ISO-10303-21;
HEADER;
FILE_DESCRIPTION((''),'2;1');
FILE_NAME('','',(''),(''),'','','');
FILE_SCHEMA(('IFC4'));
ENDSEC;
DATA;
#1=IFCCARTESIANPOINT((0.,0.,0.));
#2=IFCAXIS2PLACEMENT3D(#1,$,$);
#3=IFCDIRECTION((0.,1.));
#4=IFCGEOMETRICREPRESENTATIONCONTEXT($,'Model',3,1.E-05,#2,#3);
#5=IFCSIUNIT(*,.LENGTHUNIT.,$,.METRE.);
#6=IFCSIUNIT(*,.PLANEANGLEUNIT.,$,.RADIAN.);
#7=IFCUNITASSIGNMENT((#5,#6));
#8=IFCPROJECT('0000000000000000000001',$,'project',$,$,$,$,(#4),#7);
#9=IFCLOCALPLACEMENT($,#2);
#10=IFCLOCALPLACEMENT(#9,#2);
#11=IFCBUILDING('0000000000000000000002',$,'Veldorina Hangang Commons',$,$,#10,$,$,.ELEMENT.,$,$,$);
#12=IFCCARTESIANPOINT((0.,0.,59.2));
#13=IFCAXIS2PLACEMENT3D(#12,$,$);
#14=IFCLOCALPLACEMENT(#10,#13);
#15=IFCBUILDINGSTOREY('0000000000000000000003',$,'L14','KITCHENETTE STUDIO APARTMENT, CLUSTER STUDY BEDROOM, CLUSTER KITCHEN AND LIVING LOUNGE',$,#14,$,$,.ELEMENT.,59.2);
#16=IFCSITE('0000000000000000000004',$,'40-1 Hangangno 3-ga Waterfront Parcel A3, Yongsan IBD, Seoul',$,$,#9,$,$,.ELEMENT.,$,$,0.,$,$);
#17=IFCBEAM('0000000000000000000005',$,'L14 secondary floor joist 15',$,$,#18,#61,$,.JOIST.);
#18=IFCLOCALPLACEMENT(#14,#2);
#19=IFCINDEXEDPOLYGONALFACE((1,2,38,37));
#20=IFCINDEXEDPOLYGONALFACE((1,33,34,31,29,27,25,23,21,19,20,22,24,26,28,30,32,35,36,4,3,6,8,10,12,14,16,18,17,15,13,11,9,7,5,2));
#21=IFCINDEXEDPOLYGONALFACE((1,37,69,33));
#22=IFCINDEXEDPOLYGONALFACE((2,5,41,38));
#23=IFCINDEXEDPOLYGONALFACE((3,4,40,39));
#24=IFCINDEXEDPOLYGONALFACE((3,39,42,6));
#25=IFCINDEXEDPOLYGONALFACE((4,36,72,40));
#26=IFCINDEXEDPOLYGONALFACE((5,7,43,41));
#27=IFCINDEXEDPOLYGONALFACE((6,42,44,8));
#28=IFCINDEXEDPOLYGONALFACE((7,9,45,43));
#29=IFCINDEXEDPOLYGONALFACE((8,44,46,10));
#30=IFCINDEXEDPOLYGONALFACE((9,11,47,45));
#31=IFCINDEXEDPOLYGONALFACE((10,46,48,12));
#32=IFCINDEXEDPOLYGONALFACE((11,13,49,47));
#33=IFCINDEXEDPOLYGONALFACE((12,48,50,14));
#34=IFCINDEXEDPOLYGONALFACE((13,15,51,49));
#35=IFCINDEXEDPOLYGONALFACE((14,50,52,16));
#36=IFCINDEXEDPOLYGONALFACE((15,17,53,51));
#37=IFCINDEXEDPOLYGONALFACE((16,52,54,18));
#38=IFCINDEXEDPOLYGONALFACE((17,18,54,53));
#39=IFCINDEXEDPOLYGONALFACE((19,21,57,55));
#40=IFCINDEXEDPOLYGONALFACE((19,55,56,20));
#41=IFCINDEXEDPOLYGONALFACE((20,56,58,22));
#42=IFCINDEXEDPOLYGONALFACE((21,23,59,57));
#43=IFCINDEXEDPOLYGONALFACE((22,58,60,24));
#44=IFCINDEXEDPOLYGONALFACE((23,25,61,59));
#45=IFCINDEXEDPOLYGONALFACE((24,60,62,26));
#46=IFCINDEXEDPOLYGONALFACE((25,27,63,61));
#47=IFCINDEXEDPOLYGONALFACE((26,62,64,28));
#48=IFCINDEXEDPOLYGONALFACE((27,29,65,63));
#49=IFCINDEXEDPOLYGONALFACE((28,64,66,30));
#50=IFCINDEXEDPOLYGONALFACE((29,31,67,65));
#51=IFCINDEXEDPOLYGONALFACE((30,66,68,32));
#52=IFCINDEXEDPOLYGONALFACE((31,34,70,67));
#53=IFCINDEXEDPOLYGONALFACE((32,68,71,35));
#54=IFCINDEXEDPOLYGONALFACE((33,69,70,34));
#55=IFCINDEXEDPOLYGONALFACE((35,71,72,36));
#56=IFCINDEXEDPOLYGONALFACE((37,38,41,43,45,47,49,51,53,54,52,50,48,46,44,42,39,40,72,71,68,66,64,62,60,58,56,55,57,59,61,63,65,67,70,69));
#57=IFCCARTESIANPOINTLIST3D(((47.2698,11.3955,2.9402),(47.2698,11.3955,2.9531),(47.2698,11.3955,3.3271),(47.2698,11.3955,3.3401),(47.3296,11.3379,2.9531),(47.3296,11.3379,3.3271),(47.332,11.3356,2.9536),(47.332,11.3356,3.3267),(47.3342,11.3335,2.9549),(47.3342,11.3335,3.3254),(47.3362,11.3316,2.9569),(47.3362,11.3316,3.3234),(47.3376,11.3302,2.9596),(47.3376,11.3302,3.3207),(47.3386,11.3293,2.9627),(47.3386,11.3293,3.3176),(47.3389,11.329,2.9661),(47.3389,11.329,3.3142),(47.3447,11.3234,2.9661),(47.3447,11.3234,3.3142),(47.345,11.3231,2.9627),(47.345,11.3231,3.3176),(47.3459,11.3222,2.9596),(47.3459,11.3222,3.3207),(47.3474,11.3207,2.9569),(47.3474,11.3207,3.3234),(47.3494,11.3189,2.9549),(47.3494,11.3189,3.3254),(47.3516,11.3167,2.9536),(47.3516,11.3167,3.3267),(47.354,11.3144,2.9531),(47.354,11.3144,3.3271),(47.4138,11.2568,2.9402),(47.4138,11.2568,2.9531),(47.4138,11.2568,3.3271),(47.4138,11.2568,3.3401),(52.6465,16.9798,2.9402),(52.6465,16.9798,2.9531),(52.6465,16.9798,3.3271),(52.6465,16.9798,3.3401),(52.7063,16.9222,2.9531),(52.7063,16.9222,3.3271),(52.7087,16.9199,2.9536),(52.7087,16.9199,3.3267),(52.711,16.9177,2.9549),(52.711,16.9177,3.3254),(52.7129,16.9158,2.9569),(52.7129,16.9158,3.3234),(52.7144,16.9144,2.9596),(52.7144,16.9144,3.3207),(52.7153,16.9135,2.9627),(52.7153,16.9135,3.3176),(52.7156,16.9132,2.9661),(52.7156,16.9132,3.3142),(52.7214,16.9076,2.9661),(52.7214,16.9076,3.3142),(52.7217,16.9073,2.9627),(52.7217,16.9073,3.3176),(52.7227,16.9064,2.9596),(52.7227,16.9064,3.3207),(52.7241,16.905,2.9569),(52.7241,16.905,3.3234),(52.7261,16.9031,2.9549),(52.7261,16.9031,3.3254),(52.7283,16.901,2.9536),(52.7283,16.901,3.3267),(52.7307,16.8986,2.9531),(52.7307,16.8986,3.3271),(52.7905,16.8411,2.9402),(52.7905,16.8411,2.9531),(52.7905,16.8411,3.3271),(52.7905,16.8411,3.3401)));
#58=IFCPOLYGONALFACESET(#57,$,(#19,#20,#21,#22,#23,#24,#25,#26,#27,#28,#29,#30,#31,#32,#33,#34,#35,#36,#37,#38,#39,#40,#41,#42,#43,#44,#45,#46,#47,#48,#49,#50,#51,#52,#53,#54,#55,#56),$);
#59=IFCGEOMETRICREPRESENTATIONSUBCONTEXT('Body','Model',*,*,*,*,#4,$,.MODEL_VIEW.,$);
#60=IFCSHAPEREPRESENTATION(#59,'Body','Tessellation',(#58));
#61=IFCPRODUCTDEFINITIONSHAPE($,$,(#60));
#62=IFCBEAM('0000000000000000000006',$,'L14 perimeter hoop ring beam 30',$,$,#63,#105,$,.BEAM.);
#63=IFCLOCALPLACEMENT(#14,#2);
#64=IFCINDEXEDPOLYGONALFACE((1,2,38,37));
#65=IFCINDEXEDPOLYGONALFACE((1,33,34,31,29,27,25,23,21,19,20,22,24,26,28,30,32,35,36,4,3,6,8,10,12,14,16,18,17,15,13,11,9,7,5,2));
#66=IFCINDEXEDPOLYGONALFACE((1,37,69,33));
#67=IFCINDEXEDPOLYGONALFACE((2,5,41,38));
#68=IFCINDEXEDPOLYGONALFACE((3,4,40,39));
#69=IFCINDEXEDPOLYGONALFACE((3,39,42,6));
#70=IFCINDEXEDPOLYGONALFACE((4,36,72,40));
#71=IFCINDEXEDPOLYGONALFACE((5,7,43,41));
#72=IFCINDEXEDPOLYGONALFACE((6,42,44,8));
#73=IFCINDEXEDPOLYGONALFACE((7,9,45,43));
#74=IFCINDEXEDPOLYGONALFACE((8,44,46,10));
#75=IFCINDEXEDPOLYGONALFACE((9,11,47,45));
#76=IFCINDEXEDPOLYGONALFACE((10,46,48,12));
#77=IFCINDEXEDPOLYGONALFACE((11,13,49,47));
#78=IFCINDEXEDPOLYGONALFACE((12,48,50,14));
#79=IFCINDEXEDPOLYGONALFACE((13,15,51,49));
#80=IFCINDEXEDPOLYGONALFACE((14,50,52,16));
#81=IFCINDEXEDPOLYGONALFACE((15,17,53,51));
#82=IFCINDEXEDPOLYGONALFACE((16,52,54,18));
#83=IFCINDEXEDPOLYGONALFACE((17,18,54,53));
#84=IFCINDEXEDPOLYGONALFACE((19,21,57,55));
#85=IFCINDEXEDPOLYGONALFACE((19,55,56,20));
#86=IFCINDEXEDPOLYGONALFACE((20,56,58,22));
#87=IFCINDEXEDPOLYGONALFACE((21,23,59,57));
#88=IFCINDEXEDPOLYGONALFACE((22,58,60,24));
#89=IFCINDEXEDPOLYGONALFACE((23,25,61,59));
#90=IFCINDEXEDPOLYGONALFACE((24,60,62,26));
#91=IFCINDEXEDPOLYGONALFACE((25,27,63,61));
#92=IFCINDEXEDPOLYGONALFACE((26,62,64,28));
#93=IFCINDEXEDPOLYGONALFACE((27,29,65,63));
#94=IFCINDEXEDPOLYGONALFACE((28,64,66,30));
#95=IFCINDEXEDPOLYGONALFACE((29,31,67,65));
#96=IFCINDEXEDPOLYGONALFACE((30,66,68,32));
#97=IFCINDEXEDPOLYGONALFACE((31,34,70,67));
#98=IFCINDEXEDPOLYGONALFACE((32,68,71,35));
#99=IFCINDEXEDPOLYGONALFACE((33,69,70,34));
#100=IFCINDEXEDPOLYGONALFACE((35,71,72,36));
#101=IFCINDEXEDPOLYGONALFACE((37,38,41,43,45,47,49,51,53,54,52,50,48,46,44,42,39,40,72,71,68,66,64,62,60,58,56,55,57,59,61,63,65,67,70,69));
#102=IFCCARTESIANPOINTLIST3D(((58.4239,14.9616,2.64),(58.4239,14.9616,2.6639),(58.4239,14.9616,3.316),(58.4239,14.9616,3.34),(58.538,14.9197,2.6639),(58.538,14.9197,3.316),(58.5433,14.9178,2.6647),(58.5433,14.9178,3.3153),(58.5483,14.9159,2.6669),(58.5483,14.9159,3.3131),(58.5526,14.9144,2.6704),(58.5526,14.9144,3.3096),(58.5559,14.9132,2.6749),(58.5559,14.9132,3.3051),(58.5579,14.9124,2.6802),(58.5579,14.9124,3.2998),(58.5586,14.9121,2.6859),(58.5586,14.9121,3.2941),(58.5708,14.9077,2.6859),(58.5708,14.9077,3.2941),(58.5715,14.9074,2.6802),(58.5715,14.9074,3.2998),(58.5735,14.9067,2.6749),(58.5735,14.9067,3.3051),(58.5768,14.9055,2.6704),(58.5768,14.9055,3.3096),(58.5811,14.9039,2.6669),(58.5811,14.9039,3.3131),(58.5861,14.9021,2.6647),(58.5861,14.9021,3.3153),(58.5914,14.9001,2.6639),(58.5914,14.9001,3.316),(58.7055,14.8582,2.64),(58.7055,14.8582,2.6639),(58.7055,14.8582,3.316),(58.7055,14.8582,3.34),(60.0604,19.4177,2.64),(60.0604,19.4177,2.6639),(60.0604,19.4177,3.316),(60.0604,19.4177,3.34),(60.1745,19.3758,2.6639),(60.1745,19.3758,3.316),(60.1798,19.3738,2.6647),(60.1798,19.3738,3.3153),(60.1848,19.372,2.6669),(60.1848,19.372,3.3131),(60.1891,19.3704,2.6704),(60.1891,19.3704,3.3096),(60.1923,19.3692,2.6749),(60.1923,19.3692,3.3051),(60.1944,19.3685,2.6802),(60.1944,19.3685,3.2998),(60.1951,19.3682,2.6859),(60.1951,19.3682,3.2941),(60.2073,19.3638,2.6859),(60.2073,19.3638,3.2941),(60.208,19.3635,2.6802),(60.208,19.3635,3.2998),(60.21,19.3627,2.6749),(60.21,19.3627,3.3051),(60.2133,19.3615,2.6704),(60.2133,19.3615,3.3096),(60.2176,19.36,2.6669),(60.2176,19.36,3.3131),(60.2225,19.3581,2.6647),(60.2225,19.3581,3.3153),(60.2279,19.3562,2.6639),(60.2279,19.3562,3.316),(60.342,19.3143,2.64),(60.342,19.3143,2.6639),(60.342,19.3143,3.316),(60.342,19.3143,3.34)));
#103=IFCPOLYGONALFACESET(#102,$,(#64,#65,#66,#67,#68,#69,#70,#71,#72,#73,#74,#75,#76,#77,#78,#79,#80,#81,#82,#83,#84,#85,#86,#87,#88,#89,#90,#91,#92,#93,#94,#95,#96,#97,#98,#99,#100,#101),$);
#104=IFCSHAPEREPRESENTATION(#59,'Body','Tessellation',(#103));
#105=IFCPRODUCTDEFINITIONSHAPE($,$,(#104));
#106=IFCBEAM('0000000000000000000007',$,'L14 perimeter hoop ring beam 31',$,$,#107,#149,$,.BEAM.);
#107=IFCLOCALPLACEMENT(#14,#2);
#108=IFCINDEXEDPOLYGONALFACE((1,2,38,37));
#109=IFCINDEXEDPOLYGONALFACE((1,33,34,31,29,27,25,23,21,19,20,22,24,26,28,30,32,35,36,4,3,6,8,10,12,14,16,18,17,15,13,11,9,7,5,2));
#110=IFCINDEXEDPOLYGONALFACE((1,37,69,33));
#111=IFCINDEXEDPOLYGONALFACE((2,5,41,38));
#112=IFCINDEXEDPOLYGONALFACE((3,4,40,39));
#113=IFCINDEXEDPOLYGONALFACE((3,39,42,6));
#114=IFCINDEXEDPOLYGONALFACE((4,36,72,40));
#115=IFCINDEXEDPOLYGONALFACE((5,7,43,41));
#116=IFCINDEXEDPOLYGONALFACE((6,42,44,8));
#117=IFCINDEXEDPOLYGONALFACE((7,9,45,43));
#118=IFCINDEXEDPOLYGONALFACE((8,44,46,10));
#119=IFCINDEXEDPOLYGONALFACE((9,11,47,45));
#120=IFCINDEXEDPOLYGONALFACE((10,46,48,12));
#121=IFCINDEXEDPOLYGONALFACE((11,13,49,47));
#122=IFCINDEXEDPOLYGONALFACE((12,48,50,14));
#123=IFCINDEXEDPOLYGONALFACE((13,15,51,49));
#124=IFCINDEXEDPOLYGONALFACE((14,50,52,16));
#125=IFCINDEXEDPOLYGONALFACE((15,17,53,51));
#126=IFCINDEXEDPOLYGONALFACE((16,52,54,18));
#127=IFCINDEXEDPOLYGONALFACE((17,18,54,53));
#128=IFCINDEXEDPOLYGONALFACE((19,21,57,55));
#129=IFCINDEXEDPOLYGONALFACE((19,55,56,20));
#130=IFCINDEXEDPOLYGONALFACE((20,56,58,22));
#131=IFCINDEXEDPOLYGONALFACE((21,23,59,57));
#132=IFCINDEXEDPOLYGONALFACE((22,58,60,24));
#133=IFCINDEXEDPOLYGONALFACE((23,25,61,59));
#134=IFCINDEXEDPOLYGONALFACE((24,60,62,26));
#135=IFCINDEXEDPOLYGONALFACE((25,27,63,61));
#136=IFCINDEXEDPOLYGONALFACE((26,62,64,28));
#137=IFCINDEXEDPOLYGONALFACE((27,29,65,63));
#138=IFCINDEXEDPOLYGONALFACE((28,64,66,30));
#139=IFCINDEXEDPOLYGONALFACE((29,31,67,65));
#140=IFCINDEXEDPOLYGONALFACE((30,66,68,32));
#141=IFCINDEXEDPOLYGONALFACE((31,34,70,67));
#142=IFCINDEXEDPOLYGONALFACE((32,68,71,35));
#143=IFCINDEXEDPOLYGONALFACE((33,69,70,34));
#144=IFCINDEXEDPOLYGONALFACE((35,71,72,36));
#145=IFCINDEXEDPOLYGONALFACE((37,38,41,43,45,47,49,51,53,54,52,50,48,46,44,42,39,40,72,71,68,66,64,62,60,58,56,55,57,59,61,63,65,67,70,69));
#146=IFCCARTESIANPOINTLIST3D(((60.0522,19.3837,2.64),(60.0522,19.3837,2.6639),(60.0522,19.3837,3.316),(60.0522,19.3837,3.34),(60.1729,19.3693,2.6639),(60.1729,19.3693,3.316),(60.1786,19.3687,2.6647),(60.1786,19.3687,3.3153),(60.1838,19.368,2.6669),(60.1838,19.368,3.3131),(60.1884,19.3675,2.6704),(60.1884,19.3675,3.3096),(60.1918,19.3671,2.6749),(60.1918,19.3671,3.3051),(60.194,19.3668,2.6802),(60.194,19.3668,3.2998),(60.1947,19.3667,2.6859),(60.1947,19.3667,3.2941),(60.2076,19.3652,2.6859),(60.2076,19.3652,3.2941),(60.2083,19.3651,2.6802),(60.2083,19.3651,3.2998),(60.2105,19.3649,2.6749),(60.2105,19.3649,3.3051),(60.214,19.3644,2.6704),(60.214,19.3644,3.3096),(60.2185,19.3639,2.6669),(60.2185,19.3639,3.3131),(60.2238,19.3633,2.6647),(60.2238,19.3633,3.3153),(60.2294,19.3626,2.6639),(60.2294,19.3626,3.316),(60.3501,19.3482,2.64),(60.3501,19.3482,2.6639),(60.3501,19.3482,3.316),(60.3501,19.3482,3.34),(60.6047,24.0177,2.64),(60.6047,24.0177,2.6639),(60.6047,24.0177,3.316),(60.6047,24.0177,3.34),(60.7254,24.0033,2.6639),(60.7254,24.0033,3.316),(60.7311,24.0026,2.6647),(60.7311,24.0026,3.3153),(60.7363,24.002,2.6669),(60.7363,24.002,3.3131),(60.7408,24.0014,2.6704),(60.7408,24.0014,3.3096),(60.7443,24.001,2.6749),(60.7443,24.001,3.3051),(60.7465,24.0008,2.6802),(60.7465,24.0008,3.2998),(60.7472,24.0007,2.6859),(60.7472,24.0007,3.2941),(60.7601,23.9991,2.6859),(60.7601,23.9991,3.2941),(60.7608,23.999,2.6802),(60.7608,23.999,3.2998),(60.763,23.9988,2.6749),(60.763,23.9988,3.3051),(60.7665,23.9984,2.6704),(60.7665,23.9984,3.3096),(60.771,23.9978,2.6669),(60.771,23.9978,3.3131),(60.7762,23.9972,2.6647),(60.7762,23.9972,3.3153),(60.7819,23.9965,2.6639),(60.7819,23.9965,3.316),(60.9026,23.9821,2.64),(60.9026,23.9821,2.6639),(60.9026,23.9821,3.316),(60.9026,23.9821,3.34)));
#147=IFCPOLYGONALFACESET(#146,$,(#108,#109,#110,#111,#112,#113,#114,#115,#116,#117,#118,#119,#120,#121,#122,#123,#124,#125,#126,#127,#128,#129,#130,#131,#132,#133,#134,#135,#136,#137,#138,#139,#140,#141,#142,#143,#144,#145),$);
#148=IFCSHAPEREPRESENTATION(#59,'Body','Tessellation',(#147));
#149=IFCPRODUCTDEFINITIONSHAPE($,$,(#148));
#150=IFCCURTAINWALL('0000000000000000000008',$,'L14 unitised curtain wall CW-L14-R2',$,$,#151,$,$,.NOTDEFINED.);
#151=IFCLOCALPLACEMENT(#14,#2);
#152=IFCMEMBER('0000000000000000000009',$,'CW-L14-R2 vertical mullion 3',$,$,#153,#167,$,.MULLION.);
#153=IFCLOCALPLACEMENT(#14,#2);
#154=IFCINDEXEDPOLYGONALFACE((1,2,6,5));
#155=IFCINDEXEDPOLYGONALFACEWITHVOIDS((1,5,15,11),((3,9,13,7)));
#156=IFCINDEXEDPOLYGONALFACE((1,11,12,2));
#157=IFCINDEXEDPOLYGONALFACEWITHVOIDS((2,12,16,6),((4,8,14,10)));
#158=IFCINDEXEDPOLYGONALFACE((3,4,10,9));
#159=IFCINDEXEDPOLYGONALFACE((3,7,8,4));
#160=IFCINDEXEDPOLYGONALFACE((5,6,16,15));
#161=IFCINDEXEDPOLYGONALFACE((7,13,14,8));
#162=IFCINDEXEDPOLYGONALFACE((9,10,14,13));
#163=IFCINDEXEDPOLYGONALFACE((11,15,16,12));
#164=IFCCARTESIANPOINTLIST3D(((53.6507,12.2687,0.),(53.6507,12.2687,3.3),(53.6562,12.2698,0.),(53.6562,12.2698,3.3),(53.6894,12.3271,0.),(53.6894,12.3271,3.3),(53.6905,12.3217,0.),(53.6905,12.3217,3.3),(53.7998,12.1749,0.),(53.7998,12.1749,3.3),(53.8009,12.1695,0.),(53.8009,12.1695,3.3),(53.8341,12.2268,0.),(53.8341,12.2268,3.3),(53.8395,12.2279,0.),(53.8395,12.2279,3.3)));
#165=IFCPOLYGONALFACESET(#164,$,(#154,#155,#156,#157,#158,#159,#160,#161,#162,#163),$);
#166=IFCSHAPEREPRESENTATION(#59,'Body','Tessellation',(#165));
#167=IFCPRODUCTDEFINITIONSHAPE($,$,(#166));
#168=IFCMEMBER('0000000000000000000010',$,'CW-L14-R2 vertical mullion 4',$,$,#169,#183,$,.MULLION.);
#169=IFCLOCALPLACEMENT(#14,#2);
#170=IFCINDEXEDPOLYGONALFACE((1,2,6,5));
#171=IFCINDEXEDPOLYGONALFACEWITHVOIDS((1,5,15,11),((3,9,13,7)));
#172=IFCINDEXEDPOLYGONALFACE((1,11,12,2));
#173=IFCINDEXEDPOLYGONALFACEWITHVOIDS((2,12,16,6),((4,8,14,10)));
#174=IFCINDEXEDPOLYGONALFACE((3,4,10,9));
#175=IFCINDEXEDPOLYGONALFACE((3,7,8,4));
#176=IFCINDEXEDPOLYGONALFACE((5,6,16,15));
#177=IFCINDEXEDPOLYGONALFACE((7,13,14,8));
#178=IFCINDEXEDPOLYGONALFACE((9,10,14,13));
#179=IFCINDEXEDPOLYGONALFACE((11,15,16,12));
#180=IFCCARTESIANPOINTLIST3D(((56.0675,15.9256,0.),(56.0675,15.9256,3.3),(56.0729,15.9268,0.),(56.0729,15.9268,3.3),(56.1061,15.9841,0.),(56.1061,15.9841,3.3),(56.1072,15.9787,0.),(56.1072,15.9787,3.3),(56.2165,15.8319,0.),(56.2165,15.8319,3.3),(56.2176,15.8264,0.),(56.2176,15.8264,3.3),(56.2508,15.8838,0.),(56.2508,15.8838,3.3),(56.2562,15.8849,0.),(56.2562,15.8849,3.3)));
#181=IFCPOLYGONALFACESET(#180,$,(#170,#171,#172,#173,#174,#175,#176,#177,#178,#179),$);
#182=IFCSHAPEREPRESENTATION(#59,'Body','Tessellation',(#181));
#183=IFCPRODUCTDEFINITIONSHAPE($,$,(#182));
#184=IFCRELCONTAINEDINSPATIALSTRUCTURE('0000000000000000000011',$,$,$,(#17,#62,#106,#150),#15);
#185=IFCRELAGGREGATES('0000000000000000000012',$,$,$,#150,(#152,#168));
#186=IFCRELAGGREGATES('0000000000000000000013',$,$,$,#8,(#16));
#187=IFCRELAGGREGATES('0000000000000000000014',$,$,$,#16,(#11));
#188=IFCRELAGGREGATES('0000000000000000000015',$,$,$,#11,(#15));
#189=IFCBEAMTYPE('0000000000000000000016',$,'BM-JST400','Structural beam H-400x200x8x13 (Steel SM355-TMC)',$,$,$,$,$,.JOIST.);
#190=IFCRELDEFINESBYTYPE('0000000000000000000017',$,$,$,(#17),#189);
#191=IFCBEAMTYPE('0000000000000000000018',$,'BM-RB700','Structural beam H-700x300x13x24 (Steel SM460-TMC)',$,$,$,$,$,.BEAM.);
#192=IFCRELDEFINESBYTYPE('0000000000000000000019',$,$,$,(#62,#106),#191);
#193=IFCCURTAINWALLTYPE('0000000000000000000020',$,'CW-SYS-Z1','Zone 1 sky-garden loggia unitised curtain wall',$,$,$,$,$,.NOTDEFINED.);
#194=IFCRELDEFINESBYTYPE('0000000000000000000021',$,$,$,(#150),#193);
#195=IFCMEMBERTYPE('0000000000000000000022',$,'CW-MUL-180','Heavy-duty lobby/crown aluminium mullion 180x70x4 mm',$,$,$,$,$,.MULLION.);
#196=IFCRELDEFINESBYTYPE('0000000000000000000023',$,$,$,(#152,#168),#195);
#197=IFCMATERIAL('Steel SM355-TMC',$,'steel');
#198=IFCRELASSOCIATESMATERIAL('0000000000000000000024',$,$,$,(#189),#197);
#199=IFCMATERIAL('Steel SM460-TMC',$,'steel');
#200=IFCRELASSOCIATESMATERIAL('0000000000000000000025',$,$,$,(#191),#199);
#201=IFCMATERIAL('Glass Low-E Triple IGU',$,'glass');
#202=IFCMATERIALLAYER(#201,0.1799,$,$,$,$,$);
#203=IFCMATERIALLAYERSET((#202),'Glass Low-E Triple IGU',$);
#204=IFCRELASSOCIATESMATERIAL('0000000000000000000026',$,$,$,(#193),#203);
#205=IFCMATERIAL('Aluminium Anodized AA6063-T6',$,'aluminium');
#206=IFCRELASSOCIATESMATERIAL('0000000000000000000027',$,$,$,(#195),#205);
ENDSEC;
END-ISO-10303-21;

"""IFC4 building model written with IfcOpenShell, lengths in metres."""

from ifc_helpers import new_model, si_unit, direction, frame, origin, origin_2d, place, context, subcontext, project, spatial, hollow_rectangle, i_section, extrude, material, layer, layer_set, material_profile, profile_set, type_object, element, aggregate, save


model = new_model("IFC4")

# Units and contexts
model_context = context("Model", 3, precision=1e-05, world=origin(), true_north=direction((0.0, 1.0)))
body_context = subcontext(model_context, "Body", "Model", "MODEL_VIEW")
ifc_project = project(units=[si_unit("LENGTHUNIT", "METRE"), si_unit("PLANEANGLEUNIT", "RADIAN")], contexts=[model_context])

# Site, building, storey
site_placement = place(None, origin())
site = spatial("IfcSite", under=ifc_project, at=site_placement, Name="40-1 Hangangno 3-ga Waterfront Parcel A3, Yongsan IBD, Seoul", CompositionType="ELEMENT", RefElevation=0.0)
building_placement = place(site_placement, origin())
building = spatial("IfcBuilding", under=site, at=building_placement, Name="Veldorina Hangang Commons", CompositionType="ELEMENT")
storey_placement = place(building_placement, frame((0.0, 0.0, 59.2)))
storey = spatial("IfcBuildingStorey", under=building, at=storey_placement, Name="L14", Description="KITCHENETTE STUDIO APARTMENT, CLUSTER STUDY BEDROOM, CLUSTER KITCHEN AND LIVING LOUNGE", CompositionType="ELEMENT", Elevation=59.2)

# Beams
ifc_material_1 = material(Name="Steel SM355-TMC", Category="steel")
ifc_material_profile_1 = material_profile(ifc_material_1, i_section(OverallWidth=0.2, OverallDepth=0.3999, WebThickness=0.0081, FlangeThickness=0.0129, FilletRadius=0.0129, at=origin_2d()), Name="H-400x200x8x13")
ifc_profile_set_1 = profile_set([ifc_material_profile_1], Name="Steel SM355-TMC")
beam_type_1 = type_object("IfcBeamType", Name="BM-JST400", Description="Structural beam H-400x200x8x13 (Steel SM355-TMC)", PredefinedType="JOIST", material=ifc_profile_set_1)
beam_1_placement = place(storey_placement, frame((47.3418, 11.3262, 3.1401), z_axis=(0.693595, 0.720365, 0.0), x_axis=(-0.720365, 0.693595, 0.0)))
element("IfcBeam", 1, at=beam_1_placement, inside=storey, type_object=beam_type_1, Name="L14 secondary floor joist 15", PredefinedType="JOIST", context=body_context, shape_type="SweptSolid", body=[
    extrude(i_section(OverallWidth=0.2, OverallDepth=0.3999, WebThickness=0.0081, FlangeThickness=0.0129, FilletRadius=0.0129, at=origin_2d()), origin(), (0.0, 0.0, 1.0), 7.752),
])
ifc_material_2 = material(Name="Steel SM460-TMC", Category="steel")
ifc_material_profile_2 = material_profile(ifc_material_2, i_section(OverallWidth=0.3, OverallDepth=0.7, WebThickness=0.0129, FlangeThickness=0.0239, FilletRadius=0.022, at=origin_2d()), Name="H-700x300x13x24")
ifc_profile_set_2 = profile_set([ifc_material_profile_2], Name="Steel SM460-TMC")
beam_type_2 = type_object("IfcBeamType", Name="BM-RB700", Description="Structural beam H-700x300x13x24 (Steel SM460-TMC)", PredefinedType="BEAM", material=ifc_profile_set_2)
beam_2_placement = place(storey_placement, frame((58.5647, 14.9099, 2.99), z_axis=(0.344735, 0.9387, 0.0), x_axis=(-0.9387, 0.344735, 0.0)))
element("IfcBeam", 2, at=beam_2_placement, inside=storey, type_object=beam_type_2, Name="L14 perimeter hoop ring beam 30", PredefinedType="BEAM", context=body_context, shape_type="SweptSolid", body=[
    extrude(i_section(OverallWidth=0.3, OverallDepth=0.7, WebThickness=0.0129, FlangeThickness=0.0239, FilletRadius=0.022, at=origin_2d()), origin(), (0.0, 0.0, 1.0), 4.7471),
])
beam_3_placement = place(storey_placement, frame((60.2012, 19.366, 2.99), z_axis=(0.118386, 0.992968, 0.0), x_axis=(-0.992968, 0.118386, 0.0)))
element("IfcBeam", 3, at=beam_3_placement, inside=storey, type_object=beam_type_2, Name="L14 perimeter hoop ring beam 31", PredefinedType="BEAM", context=body_context, shape_type="SweptSolid", body=[
    extrude(i_section(OverallWidth=0.3, OverallDepth=0.7, WebThickness=0.0129, FlangeThickness=0.0239, FilletRadius=0.022, at=origin_2d()), origin(), (0.0, 0.0, 1.0), 4.6667),
])

# Curtain wall, members
ifc_material_3 = material(Name="Glass Low-E Triple IGU", Category="glass")
ifc_layer_1 = layer(ifc_material_3, 0.1799)
ifc_layer_set_1 = layer_set([ifc_layer_1], Name="Glass Low-E Triple IGU")
curtain_wall_type = type_object("IfcCurtainWallType", Name="CW-SYS-Z1", Description="Zone 1 sky-garden loggia unitised curtain wall", PredefinedType="NOTDEFINED", material=ifc_layer_set_1)
curtain_wall_placement = place(storey_placement, origin())
curtain_wall = element("IfcCurtainWall", 4, at=curtain_wall_placement, inside=storey, type_object=curtain_wall_type, Name="L14 unitised curtain wall CW-L14-R2", PredefinedType="NOTDEFINED")
ifc_material_4 = material(Name="Aluminium Anodized AA6063-T6", Category="aluminium")
ifc_material_profile_3 = material_profile(ifc_material_4, hollow_rectangle(XDim=0.0701, YDim=0.1799, WallThickness=0.0039, at=origin_2d()), Name="ALU-RHS-180x70x4")
ifc_profile_set_3 = profile_set([ifc_material_profile_3], Name="Aluminium Anodized AA6063-T6")
member_type_1 = type_object("IfcMemberType", Name="CW-MUL-180", Description="Heavy-duty lobby/crown aluminium mullion 180x70x4 mm", PredefinedType="MULLION", material=ifc_profile_set_3)
member_1_placement = place(storey_placement, frame((53.7451, 12.2483, 0.0), z_axis=(0.0, 0.0, 1.0), x_axis=(0.551326, 0.83429, 0.0)))
member_1 = element("IfcMember", 5, at=member_1_placement, type_object=member_type_1, Name="CW-L14-R2 vertical mullion 3", PredefinedType="MULLION", context=body_context, shape_type="SweptSolid", body=[
    extrude(hollow_rectangle(XDim=0.0701, YDim=0.1799, WallThickness=0.0039, at=origin_2d()), origin(), (0.0, 0.0, 1.0), 3.3),
])
member_2_placement = place(storey_placement, frame((56.1619, 15.9053, 0.0), z_axis=(0.0, 0.0, 1.0), x_axis=(-0.551326, -0.83429, 0.0)))
member_2 = element("IfcMember", 6, at=member_2_placement, type_object=member_type_1, Name="CW-L14-R2 vertical mullion 4", PredefinedType="MULLION", context=body_context, shape_type="SweptSolid", body=[
    extrude(hollow_rectangle(XDim=0.0701, YDim=0.1799, WallThickness=0.0039, at=origin_2d()), origin(), (0.0, 0.0, 1.0), 3.3),
])

aggregate(curtain_wall, [member_1, member_2])

save(model, "model.ifc")
